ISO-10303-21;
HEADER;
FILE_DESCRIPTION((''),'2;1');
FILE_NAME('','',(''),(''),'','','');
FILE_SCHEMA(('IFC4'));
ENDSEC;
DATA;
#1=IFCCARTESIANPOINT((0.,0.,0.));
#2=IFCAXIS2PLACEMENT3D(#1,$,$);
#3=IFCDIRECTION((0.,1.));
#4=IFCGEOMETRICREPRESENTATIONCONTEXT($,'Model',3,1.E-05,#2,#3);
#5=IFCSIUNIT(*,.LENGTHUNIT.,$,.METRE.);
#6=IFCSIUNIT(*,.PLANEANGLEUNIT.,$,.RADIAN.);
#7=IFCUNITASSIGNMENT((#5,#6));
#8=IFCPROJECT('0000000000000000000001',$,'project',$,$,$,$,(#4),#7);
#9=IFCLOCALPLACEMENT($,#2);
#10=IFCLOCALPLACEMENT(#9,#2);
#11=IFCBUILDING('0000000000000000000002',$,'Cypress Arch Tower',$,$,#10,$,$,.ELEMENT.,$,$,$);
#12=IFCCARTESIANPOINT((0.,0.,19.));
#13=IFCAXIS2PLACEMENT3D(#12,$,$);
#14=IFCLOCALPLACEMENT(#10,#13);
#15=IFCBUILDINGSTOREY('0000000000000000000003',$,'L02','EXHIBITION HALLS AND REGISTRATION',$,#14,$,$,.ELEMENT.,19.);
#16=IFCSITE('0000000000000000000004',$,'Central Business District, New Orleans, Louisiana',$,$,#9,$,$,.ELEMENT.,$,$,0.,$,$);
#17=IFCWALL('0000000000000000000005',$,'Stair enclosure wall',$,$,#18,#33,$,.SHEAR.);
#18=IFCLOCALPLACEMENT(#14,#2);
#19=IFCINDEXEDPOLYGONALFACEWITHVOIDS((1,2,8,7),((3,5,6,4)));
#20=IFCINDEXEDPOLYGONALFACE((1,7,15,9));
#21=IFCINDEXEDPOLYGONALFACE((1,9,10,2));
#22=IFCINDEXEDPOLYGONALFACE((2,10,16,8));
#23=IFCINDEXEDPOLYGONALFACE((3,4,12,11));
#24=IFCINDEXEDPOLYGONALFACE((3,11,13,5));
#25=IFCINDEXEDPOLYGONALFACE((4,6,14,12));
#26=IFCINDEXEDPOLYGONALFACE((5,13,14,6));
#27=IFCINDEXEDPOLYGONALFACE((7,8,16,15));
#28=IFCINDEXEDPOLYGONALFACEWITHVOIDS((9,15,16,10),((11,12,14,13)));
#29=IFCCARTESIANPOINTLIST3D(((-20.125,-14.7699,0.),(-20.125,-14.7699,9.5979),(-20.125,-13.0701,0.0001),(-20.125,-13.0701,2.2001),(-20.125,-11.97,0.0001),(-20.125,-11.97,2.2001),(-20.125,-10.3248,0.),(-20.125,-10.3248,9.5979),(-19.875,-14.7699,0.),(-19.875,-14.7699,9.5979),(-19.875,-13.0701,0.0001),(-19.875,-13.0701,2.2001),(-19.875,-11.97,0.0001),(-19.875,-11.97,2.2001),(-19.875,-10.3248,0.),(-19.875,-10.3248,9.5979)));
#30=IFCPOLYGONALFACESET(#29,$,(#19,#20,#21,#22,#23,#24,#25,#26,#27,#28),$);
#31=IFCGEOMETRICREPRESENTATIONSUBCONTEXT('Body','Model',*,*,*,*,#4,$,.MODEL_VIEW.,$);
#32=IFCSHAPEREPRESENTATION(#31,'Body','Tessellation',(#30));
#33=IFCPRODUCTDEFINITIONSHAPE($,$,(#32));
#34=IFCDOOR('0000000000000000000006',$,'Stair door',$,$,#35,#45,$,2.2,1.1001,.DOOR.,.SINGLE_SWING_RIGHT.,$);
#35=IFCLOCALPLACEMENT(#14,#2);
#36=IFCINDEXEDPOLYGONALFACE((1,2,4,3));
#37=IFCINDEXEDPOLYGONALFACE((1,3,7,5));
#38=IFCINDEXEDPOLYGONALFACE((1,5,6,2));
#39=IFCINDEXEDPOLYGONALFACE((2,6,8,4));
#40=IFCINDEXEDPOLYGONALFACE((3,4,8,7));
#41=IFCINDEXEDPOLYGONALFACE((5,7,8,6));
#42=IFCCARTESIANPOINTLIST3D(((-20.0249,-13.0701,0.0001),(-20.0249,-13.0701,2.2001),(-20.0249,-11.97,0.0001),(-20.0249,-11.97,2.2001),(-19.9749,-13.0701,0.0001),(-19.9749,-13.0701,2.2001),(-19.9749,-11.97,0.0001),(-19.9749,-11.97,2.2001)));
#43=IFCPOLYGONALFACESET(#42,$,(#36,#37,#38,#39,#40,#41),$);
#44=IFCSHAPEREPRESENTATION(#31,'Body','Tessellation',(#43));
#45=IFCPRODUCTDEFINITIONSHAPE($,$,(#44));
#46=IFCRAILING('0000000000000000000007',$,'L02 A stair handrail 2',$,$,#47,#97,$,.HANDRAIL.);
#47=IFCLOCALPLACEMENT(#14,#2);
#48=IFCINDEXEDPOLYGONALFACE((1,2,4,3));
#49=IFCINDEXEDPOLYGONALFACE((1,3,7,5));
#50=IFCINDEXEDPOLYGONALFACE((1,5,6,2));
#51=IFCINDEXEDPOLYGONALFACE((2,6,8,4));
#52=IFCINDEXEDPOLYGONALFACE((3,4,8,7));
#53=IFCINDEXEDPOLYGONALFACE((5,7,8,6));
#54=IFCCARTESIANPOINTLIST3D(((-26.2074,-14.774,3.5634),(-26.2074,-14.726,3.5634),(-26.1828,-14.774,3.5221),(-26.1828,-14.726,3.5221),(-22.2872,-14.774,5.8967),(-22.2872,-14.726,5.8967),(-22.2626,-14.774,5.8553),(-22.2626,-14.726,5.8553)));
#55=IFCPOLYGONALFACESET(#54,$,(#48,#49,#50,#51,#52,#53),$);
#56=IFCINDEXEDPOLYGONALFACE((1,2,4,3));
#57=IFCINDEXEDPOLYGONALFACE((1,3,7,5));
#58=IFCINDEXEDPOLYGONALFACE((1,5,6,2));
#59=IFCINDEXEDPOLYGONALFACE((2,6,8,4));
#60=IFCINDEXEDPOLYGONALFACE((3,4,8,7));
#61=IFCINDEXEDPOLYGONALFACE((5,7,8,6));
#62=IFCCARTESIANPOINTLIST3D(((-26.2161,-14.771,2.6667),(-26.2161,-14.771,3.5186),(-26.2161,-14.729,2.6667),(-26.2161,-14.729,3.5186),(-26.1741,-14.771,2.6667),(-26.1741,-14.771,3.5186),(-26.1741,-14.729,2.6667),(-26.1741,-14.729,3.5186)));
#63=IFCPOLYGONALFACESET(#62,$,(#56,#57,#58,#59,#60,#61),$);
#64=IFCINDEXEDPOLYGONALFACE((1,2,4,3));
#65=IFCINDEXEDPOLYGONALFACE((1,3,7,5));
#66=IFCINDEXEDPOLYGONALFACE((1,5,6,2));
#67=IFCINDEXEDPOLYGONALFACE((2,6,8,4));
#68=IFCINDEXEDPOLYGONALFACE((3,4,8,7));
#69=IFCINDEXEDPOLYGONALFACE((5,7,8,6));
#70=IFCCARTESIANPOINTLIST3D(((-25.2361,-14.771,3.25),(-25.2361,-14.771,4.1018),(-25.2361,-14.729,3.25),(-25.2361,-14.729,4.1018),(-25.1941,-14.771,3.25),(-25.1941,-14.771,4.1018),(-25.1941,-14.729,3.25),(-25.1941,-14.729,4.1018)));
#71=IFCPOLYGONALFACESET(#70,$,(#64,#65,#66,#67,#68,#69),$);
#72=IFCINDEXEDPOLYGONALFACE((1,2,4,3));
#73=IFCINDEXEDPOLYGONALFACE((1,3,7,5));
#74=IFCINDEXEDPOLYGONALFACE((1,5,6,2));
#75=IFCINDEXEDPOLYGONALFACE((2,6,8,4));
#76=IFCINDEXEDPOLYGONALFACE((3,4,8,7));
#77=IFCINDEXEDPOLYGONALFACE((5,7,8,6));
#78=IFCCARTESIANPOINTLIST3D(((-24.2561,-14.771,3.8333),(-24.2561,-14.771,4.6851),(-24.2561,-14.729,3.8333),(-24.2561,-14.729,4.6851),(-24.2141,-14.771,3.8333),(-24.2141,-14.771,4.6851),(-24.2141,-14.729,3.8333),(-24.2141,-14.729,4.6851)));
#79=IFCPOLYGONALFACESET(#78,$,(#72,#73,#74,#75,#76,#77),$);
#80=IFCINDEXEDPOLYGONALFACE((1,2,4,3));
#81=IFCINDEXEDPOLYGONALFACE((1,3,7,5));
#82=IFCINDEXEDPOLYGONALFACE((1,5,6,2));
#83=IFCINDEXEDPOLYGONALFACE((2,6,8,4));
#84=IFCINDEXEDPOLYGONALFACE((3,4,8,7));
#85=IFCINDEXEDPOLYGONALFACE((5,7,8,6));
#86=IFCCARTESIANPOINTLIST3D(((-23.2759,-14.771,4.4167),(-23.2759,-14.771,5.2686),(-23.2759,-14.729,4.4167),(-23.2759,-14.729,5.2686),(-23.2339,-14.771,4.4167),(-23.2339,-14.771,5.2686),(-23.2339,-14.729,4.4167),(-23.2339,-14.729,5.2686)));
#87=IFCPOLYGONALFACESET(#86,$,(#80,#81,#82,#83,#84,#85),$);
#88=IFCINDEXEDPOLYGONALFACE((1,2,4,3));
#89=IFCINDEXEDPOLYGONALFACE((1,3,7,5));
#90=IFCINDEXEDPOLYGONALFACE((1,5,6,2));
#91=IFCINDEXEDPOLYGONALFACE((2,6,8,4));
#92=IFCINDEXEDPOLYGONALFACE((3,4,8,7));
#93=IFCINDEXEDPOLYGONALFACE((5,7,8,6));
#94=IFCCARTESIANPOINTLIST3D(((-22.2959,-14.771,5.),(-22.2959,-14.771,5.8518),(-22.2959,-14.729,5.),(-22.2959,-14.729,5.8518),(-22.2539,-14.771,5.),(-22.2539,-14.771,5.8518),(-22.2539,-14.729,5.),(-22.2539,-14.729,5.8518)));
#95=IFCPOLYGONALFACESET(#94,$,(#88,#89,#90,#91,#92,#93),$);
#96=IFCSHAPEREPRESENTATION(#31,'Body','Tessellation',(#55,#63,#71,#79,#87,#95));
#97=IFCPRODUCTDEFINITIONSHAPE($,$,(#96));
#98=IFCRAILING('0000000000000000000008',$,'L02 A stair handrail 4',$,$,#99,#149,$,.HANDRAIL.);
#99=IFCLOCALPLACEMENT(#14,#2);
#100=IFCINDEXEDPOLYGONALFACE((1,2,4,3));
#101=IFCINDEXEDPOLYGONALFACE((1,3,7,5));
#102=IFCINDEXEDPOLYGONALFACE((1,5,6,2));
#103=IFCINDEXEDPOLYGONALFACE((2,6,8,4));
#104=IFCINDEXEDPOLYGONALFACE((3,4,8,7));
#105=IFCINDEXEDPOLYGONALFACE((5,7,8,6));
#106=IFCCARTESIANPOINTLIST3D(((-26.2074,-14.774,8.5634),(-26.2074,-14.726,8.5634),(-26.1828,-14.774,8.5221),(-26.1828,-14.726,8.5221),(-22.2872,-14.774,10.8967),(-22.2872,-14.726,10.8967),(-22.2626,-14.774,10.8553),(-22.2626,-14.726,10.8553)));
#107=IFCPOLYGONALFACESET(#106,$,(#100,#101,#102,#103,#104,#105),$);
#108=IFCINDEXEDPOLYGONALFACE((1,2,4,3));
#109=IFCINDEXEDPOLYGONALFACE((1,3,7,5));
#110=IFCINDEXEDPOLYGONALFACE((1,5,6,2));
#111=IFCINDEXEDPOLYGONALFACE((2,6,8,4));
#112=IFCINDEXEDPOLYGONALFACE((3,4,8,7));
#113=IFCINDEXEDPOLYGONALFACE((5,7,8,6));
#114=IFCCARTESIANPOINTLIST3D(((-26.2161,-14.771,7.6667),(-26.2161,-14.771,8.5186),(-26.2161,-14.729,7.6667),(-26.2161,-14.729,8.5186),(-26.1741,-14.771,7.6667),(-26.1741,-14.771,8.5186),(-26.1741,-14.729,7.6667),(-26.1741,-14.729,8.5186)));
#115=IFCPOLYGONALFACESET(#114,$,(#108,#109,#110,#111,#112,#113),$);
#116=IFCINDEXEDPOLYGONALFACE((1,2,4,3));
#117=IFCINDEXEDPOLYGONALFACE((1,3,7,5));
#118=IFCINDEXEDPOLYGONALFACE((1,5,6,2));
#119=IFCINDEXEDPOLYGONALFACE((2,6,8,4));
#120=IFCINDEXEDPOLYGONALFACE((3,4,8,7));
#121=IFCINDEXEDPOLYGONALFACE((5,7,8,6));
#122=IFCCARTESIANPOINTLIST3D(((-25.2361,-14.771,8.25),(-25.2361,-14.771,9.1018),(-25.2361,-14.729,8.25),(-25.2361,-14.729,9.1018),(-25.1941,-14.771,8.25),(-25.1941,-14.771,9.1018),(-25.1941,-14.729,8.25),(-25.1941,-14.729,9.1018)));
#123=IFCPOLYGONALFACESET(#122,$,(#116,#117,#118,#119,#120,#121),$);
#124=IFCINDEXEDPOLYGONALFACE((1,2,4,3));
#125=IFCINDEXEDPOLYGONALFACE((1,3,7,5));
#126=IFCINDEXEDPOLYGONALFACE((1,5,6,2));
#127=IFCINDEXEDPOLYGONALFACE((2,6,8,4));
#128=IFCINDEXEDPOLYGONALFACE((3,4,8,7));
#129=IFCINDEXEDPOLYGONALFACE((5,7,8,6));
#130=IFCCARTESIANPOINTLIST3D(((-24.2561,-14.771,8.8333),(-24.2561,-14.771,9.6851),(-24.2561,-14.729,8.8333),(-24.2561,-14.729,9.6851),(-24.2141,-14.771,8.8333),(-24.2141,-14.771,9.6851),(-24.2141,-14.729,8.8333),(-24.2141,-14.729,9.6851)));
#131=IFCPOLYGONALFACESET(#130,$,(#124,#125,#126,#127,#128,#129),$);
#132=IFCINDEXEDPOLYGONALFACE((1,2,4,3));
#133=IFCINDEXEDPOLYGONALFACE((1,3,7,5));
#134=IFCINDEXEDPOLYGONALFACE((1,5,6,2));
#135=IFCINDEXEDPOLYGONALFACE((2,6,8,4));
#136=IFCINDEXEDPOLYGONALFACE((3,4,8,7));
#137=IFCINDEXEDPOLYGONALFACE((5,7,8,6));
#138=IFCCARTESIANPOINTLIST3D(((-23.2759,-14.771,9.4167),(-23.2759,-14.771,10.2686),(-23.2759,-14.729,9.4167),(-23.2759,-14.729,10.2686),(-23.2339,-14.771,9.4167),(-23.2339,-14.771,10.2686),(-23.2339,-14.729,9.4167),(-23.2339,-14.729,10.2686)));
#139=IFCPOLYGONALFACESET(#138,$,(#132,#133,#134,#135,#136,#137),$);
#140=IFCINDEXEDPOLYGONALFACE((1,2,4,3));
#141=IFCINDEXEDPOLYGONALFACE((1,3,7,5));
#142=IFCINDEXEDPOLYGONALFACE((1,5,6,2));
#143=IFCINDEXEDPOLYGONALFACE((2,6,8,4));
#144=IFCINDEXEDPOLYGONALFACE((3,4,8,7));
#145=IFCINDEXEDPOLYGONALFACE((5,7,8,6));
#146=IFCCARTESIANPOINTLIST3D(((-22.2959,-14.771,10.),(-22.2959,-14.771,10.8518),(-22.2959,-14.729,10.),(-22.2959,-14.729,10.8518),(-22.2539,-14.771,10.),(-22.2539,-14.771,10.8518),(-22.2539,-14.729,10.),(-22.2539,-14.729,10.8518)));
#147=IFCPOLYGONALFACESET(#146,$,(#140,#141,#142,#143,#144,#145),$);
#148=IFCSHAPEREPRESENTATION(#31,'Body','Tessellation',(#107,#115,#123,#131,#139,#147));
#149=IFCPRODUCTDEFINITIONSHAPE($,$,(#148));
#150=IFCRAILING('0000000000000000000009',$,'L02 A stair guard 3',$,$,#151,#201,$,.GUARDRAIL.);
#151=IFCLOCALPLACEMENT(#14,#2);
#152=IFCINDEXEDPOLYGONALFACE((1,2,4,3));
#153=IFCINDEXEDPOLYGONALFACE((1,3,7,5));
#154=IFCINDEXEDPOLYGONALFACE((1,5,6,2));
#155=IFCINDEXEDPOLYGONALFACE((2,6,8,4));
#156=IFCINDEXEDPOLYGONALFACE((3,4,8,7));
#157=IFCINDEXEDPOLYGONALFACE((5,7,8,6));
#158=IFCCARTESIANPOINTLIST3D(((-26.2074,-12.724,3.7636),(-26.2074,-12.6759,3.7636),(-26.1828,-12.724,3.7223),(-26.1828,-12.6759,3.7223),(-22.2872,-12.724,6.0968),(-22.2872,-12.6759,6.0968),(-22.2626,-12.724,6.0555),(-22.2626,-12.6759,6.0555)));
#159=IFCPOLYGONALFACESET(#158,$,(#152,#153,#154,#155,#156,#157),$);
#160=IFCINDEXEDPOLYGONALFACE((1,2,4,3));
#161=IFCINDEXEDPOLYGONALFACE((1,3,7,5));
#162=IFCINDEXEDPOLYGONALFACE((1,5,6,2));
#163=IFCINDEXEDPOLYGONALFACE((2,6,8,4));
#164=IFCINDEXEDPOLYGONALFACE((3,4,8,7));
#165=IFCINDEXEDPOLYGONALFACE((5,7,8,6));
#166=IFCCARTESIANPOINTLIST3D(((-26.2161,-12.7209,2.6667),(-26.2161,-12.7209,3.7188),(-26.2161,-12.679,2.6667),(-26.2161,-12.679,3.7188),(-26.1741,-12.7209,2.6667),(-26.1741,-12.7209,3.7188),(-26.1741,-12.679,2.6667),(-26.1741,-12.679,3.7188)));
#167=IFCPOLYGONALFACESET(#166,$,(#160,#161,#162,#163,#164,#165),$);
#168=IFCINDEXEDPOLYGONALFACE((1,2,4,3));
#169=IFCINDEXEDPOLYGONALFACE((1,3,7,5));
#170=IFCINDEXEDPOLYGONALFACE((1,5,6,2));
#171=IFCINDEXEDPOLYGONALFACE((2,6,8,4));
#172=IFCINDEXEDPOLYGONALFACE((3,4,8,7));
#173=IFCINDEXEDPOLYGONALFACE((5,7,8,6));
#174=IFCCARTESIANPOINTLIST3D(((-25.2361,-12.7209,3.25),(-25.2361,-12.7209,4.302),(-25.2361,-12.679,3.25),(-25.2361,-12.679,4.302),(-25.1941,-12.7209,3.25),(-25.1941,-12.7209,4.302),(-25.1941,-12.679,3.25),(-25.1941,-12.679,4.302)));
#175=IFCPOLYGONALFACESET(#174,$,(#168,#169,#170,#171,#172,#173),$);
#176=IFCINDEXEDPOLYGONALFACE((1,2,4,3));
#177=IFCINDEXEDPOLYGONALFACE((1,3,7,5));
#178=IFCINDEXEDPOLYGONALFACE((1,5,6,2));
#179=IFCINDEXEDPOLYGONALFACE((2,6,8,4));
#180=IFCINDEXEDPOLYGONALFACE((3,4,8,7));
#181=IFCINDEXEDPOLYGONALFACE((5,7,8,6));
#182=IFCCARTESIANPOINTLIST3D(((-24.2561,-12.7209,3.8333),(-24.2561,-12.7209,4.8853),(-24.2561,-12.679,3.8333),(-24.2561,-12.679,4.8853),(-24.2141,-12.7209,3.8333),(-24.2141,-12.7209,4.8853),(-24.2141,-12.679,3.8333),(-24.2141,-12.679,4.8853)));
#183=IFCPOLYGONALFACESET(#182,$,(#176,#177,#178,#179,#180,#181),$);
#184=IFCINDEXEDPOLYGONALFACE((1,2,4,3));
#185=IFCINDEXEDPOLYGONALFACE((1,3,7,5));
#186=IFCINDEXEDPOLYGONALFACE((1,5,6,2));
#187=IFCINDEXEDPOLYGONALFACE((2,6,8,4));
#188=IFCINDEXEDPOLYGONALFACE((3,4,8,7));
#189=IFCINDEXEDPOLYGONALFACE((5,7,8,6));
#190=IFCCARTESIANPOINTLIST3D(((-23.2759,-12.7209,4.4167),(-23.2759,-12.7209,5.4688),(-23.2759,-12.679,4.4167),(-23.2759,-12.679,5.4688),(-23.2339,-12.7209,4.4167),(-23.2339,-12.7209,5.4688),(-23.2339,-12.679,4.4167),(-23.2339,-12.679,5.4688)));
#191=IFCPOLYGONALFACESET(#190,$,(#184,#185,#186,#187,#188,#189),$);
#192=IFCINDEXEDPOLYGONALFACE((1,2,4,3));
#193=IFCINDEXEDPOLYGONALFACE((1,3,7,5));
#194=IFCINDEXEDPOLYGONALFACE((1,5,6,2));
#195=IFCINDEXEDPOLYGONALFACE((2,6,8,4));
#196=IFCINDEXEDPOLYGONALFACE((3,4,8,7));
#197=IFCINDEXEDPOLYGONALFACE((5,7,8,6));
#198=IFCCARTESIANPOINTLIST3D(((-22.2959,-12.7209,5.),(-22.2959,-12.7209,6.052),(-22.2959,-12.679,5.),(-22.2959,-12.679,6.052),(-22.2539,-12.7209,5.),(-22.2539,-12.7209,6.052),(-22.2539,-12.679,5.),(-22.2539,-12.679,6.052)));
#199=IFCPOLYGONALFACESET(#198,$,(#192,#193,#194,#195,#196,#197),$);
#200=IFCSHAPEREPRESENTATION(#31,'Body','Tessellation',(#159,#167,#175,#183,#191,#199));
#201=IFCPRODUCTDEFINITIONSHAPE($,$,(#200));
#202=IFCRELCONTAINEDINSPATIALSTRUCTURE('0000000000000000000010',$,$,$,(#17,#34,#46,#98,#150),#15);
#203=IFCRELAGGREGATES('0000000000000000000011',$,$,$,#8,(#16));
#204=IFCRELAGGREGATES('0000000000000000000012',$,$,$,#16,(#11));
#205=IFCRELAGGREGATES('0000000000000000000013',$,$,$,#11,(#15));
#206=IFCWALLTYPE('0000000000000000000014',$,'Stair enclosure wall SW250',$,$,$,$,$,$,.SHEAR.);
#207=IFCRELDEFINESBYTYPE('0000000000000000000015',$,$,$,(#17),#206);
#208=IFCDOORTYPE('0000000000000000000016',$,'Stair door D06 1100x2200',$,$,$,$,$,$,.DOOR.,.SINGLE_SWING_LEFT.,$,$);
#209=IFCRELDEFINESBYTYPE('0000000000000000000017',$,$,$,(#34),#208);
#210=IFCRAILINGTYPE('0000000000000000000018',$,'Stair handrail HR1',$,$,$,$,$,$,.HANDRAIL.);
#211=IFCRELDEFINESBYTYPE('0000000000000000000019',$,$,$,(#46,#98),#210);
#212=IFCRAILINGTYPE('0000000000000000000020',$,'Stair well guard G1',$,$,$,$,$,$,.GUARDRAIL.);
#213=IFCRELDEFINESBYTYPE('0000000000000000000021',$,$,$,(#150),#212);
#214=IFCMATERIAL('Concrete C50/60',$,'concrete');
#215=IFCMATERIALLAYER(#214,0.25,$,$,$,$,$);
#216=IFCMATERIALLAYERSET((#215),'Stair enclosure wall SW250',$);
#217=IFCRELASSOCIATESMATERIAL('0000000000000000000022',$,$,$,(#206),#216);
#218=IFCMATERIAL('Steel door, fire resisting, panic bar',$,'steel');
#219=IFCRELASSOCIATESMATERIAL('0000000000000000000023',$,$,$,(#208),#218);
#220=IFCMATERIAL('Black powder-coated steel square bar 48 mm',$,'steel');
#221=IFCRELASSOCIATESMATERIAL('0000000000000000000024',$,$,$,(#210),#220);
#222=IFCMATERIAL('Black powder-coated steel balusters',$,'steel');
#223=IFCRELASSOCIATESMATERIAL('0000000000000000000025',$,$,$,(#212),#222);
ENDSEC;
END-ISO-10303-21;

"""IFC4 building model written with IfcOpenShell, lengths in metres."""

from ifc_helpers import new_model, si_unit, direction, frame, frame_2d, origin, origin_2d, place, context, subcontext, project, spatial, rectangle, extrude, material, layer, layer_set, type_object, element, fill, save


model = new_model("IFC4")

# Units and contexts
model_context = context("Model", 3, precision=1e-05, world=origin(), true_north=direction((0.0, 1.0)))
body_context = subcontext(model_context, "Body", "Model", "MODEL_VIEW")
ifc_project = project(units=[si_unit("LENGTHUNIT", "METRE"), si_unit("PLANEANGLEUNIT", "RADIAN")], contexts=[model_context])

# Site, building, storey
site_placement = place(None, origin())
site = spatial("IfcSite", under=ifc_project, at=site_placement, Name="Central Business District, New Orleans, Louisiana", CompositionType="ELEMENT", RefElevation=0.0)
building_placement = place(site_placement, origin())
building = spatial("IfcBuilding", under=site, at=building_placement, Name="Cypress Arch Tower", CompositionType="ELEMENT")
storey_placement = place(building_placement, frame((0.0, 0.0, 19.0)))
storey = spatial("IfcBuildingStorey", under=building, at=storey_placement, Name="L02", Description="EXHIBITION HALLS AND REGISTRATION", CompositionType="ELEMENT", Elevation=19.0)

# Wall, opening, door
ifc_material_1 = material(Name="Concrete C50/60", Category="concrete")
ifc_layer_1 = layer(ifc_material_1, 0.25)
ifc_layer_set_1 = layer_set([ifc_layer_1], Name="Stair enclosure wall SW250")
wall_type_1 = type_object("IfcWallType", Name="Stair enclosure wall SW250", PredefinedType="SHEAR", material=ifc_layer_set_1)
wall_1_placement = place(storey_placement, frame((-20.0, -14.77, 0.0), z_axis=(0.0, 0.0, 1.0), x_axis=(0.0, 1.0, 0.0)))
wall_1 = element("IfcWall", 1, at=wall_1_placement, inside=storey, type_object=wall_type_1, Name="Stair enclosure wall", PredefinedType="SHEAR", context=body_context, shape_type="SweptSolid", body=[
    extrude(rectangle(XDim=4.4451, YDim=0.25, at=frame_2d((2.2227, 0.0))), origin(), (0.0, 0.0, 1.0), 9.5979),
])
opening_1_placement = place(wall_1_placement, frame((1.7, 0.0, 0.0)))
opening_1 = element("IfcOpeningElement", 2, at=opening_1_placement, cuts=wall_1, PredefinedType="OPENING", context=body_context, shape_type="SweptSolid", body=[
    extrude(rectangle(XDim=1.1001, YDim=2.2, at=frame_2d((0.55, 1.1001))), frame((0.0, 0.135, 0.0), z_axis=(0.0, -1.0, 0.0), x_axis=(1.0, 0.0, 0.0)), (0.0, 0.0, 1.0), 0.27),
])
ifc_material_2 = material(Name="Steel door, fire resisting, panic bar", Category="steel")
door_type_1 = type_object("IfcDoorType", Name="Stair door D06 1100x2200", OperationType="SINGLE_SWING_LEFT", PredefinedType="DOOR", material=ifc_material_2)
door_1_placement = place(opening_1_placement, origin())
door_1 = element("IfcDoor", 3, at=door_1_placement, inside=storey, type_object=door_type_1, Name="Stair door", OperationType="SINGLE_SWING_RIGHT", OverallHeight=2.2, OverallWidth=1.1001, PredefinedType="DOOR", context=body_context, shape_type="SweptSolid", body=[
    extrude(rectangle(XDim=1.1001, YDim=2.2, at=frame_2d((0.55, 1.1001))), frame((0.0, 0.0249, 0.0), z_axis=(0.0, -1.0, 0.0), x_axis=(1.0, 0.0, 0.0)), (0.0, 0.0, 1.0), 0.05),
])
fill(opening_1, door_1)

# Railings
ifc_material_3 = material(Name="Black powder-coated steel square bar 48 mm", Category="steel")
railing_type_1 = type_object("IfcRailingType", Name="Stair handrail HR1", PredefinedType="HANDRAIL", material=ifc_material_3)
for number, where, name in (
    (4, (-26.1951, -14.75, 2.6667), "L02 A stair handrail 2"),
    (5, (-26.1951, -14.75, 7.6667), "L02 A stair handrail 4"),
):
    element("IfcRailing", number, at=place(storey_placement, frame(where)), inside=storey, type_object=railing_type_1, Name=name, PredefinedType="HANDRAIL", context=body_context, shape_type="SweptSolid", body=[
        extrude(rectangle(XDim=0.0481, YDim=0.0481, at=origin_2d()), frame((0.0, 0.0, 0.876), z_axis=(0.85931, 0.0, 0.511455), x_axis=(0.0, 1.0, 0.0)), (0.0, 0.0, 1.0), 4.562),
        extrude(rectangle(XDim=0.042, YDim=0.042, at=origin_2d()), origin(), (0.0, 0.0, 1.0), 0.8518),
        extrude(rectangle(XDim=0.042, YDim=0.042, at=origin_2d()), frame((0.98, 0.0, 0.5833)), (0.0, 0.0, 1.0), 0.8518),
        extrude(rectangle(XDim=0.042, YDim=0.042, at=origin_2d()), frame((1.96, 0.0, 1.1665)), (0.0, 0.0, 1.0), 0.8518),
        extrude(rectangle(XDim=0.042, YDim=0.042, at=origin_2d()), frame((2.9402, 0.0, 1.75)), (0.0, 0.0, 1.0), 0.8518),
        extrude(rectangle(XDim=0.042, YDim=0.042, at=origin_2d()), frame((3.9202, 0.0, 2.3333)), (0.0, 0.0, 1.0), 0.8518),
    ])
ifc_material_4 = material(Name="Black powder-coated steel balusters", Category="steel")
railing_type_2 = type_object("IfcRailingType", Name="Stair well guard G1", PredefinedType="GUARDRAIL", material=ifc_material_4)
railing_placement = place(storey_placement, frame((-26.1951, -12.7, 2.6667)))
element("IfcRailing", 6, at=railing_placement, inside=storey, type_object=railing_type_2, Name="L02 A stair guard 3", PredefinedType="GUARDRAIL", context=body_context, shape_type="SweptSolid", body=[
    extrude(rectangle(XDim=0.0481, YDim=0.0481, at=origin_2d()), frame((0.0, 0.0, 1.0762), z_axis=(0.85931, 0.0, 0.511455), x_axis=(0.0, 1.0, 0.0)), (0.0, 0.0, 1.0), 4.562),
    extrude(rectangle(XDim=0.042, YDim=0.042, at=origin_2d()), origin(), (0.0, 0.0, 1.0), 1.052),
    extrude(rectangle(XDim=0.042, YDim=0.042, at=origin_2d()), frame((0.98, 0.0, 0.5833)), (0.0, 0.0, 1.0), 1.052),
    extrude(rectangle(XDim=0.042, YDim=0.042, at=origin_2d()), frame((1.96, 0.0, 1.1665)), (0.0, 0.0, 1.0), 1.052),
    extrude(rectangle(XDim=0.042, YDim=0.042, at=origin_2d()), frame((2.9402, 0.0, 1.75)), (0.0, 0.0, 1.0), 1.052),
    extrude(rectangle(XDim=0.042, YDim=0.042, at=origin_2d()), frame((3.9202, 0.0, 2.3333)), (0.0, 0.0, 1.0), 1.052),
])

save(model, "model.ifc")
